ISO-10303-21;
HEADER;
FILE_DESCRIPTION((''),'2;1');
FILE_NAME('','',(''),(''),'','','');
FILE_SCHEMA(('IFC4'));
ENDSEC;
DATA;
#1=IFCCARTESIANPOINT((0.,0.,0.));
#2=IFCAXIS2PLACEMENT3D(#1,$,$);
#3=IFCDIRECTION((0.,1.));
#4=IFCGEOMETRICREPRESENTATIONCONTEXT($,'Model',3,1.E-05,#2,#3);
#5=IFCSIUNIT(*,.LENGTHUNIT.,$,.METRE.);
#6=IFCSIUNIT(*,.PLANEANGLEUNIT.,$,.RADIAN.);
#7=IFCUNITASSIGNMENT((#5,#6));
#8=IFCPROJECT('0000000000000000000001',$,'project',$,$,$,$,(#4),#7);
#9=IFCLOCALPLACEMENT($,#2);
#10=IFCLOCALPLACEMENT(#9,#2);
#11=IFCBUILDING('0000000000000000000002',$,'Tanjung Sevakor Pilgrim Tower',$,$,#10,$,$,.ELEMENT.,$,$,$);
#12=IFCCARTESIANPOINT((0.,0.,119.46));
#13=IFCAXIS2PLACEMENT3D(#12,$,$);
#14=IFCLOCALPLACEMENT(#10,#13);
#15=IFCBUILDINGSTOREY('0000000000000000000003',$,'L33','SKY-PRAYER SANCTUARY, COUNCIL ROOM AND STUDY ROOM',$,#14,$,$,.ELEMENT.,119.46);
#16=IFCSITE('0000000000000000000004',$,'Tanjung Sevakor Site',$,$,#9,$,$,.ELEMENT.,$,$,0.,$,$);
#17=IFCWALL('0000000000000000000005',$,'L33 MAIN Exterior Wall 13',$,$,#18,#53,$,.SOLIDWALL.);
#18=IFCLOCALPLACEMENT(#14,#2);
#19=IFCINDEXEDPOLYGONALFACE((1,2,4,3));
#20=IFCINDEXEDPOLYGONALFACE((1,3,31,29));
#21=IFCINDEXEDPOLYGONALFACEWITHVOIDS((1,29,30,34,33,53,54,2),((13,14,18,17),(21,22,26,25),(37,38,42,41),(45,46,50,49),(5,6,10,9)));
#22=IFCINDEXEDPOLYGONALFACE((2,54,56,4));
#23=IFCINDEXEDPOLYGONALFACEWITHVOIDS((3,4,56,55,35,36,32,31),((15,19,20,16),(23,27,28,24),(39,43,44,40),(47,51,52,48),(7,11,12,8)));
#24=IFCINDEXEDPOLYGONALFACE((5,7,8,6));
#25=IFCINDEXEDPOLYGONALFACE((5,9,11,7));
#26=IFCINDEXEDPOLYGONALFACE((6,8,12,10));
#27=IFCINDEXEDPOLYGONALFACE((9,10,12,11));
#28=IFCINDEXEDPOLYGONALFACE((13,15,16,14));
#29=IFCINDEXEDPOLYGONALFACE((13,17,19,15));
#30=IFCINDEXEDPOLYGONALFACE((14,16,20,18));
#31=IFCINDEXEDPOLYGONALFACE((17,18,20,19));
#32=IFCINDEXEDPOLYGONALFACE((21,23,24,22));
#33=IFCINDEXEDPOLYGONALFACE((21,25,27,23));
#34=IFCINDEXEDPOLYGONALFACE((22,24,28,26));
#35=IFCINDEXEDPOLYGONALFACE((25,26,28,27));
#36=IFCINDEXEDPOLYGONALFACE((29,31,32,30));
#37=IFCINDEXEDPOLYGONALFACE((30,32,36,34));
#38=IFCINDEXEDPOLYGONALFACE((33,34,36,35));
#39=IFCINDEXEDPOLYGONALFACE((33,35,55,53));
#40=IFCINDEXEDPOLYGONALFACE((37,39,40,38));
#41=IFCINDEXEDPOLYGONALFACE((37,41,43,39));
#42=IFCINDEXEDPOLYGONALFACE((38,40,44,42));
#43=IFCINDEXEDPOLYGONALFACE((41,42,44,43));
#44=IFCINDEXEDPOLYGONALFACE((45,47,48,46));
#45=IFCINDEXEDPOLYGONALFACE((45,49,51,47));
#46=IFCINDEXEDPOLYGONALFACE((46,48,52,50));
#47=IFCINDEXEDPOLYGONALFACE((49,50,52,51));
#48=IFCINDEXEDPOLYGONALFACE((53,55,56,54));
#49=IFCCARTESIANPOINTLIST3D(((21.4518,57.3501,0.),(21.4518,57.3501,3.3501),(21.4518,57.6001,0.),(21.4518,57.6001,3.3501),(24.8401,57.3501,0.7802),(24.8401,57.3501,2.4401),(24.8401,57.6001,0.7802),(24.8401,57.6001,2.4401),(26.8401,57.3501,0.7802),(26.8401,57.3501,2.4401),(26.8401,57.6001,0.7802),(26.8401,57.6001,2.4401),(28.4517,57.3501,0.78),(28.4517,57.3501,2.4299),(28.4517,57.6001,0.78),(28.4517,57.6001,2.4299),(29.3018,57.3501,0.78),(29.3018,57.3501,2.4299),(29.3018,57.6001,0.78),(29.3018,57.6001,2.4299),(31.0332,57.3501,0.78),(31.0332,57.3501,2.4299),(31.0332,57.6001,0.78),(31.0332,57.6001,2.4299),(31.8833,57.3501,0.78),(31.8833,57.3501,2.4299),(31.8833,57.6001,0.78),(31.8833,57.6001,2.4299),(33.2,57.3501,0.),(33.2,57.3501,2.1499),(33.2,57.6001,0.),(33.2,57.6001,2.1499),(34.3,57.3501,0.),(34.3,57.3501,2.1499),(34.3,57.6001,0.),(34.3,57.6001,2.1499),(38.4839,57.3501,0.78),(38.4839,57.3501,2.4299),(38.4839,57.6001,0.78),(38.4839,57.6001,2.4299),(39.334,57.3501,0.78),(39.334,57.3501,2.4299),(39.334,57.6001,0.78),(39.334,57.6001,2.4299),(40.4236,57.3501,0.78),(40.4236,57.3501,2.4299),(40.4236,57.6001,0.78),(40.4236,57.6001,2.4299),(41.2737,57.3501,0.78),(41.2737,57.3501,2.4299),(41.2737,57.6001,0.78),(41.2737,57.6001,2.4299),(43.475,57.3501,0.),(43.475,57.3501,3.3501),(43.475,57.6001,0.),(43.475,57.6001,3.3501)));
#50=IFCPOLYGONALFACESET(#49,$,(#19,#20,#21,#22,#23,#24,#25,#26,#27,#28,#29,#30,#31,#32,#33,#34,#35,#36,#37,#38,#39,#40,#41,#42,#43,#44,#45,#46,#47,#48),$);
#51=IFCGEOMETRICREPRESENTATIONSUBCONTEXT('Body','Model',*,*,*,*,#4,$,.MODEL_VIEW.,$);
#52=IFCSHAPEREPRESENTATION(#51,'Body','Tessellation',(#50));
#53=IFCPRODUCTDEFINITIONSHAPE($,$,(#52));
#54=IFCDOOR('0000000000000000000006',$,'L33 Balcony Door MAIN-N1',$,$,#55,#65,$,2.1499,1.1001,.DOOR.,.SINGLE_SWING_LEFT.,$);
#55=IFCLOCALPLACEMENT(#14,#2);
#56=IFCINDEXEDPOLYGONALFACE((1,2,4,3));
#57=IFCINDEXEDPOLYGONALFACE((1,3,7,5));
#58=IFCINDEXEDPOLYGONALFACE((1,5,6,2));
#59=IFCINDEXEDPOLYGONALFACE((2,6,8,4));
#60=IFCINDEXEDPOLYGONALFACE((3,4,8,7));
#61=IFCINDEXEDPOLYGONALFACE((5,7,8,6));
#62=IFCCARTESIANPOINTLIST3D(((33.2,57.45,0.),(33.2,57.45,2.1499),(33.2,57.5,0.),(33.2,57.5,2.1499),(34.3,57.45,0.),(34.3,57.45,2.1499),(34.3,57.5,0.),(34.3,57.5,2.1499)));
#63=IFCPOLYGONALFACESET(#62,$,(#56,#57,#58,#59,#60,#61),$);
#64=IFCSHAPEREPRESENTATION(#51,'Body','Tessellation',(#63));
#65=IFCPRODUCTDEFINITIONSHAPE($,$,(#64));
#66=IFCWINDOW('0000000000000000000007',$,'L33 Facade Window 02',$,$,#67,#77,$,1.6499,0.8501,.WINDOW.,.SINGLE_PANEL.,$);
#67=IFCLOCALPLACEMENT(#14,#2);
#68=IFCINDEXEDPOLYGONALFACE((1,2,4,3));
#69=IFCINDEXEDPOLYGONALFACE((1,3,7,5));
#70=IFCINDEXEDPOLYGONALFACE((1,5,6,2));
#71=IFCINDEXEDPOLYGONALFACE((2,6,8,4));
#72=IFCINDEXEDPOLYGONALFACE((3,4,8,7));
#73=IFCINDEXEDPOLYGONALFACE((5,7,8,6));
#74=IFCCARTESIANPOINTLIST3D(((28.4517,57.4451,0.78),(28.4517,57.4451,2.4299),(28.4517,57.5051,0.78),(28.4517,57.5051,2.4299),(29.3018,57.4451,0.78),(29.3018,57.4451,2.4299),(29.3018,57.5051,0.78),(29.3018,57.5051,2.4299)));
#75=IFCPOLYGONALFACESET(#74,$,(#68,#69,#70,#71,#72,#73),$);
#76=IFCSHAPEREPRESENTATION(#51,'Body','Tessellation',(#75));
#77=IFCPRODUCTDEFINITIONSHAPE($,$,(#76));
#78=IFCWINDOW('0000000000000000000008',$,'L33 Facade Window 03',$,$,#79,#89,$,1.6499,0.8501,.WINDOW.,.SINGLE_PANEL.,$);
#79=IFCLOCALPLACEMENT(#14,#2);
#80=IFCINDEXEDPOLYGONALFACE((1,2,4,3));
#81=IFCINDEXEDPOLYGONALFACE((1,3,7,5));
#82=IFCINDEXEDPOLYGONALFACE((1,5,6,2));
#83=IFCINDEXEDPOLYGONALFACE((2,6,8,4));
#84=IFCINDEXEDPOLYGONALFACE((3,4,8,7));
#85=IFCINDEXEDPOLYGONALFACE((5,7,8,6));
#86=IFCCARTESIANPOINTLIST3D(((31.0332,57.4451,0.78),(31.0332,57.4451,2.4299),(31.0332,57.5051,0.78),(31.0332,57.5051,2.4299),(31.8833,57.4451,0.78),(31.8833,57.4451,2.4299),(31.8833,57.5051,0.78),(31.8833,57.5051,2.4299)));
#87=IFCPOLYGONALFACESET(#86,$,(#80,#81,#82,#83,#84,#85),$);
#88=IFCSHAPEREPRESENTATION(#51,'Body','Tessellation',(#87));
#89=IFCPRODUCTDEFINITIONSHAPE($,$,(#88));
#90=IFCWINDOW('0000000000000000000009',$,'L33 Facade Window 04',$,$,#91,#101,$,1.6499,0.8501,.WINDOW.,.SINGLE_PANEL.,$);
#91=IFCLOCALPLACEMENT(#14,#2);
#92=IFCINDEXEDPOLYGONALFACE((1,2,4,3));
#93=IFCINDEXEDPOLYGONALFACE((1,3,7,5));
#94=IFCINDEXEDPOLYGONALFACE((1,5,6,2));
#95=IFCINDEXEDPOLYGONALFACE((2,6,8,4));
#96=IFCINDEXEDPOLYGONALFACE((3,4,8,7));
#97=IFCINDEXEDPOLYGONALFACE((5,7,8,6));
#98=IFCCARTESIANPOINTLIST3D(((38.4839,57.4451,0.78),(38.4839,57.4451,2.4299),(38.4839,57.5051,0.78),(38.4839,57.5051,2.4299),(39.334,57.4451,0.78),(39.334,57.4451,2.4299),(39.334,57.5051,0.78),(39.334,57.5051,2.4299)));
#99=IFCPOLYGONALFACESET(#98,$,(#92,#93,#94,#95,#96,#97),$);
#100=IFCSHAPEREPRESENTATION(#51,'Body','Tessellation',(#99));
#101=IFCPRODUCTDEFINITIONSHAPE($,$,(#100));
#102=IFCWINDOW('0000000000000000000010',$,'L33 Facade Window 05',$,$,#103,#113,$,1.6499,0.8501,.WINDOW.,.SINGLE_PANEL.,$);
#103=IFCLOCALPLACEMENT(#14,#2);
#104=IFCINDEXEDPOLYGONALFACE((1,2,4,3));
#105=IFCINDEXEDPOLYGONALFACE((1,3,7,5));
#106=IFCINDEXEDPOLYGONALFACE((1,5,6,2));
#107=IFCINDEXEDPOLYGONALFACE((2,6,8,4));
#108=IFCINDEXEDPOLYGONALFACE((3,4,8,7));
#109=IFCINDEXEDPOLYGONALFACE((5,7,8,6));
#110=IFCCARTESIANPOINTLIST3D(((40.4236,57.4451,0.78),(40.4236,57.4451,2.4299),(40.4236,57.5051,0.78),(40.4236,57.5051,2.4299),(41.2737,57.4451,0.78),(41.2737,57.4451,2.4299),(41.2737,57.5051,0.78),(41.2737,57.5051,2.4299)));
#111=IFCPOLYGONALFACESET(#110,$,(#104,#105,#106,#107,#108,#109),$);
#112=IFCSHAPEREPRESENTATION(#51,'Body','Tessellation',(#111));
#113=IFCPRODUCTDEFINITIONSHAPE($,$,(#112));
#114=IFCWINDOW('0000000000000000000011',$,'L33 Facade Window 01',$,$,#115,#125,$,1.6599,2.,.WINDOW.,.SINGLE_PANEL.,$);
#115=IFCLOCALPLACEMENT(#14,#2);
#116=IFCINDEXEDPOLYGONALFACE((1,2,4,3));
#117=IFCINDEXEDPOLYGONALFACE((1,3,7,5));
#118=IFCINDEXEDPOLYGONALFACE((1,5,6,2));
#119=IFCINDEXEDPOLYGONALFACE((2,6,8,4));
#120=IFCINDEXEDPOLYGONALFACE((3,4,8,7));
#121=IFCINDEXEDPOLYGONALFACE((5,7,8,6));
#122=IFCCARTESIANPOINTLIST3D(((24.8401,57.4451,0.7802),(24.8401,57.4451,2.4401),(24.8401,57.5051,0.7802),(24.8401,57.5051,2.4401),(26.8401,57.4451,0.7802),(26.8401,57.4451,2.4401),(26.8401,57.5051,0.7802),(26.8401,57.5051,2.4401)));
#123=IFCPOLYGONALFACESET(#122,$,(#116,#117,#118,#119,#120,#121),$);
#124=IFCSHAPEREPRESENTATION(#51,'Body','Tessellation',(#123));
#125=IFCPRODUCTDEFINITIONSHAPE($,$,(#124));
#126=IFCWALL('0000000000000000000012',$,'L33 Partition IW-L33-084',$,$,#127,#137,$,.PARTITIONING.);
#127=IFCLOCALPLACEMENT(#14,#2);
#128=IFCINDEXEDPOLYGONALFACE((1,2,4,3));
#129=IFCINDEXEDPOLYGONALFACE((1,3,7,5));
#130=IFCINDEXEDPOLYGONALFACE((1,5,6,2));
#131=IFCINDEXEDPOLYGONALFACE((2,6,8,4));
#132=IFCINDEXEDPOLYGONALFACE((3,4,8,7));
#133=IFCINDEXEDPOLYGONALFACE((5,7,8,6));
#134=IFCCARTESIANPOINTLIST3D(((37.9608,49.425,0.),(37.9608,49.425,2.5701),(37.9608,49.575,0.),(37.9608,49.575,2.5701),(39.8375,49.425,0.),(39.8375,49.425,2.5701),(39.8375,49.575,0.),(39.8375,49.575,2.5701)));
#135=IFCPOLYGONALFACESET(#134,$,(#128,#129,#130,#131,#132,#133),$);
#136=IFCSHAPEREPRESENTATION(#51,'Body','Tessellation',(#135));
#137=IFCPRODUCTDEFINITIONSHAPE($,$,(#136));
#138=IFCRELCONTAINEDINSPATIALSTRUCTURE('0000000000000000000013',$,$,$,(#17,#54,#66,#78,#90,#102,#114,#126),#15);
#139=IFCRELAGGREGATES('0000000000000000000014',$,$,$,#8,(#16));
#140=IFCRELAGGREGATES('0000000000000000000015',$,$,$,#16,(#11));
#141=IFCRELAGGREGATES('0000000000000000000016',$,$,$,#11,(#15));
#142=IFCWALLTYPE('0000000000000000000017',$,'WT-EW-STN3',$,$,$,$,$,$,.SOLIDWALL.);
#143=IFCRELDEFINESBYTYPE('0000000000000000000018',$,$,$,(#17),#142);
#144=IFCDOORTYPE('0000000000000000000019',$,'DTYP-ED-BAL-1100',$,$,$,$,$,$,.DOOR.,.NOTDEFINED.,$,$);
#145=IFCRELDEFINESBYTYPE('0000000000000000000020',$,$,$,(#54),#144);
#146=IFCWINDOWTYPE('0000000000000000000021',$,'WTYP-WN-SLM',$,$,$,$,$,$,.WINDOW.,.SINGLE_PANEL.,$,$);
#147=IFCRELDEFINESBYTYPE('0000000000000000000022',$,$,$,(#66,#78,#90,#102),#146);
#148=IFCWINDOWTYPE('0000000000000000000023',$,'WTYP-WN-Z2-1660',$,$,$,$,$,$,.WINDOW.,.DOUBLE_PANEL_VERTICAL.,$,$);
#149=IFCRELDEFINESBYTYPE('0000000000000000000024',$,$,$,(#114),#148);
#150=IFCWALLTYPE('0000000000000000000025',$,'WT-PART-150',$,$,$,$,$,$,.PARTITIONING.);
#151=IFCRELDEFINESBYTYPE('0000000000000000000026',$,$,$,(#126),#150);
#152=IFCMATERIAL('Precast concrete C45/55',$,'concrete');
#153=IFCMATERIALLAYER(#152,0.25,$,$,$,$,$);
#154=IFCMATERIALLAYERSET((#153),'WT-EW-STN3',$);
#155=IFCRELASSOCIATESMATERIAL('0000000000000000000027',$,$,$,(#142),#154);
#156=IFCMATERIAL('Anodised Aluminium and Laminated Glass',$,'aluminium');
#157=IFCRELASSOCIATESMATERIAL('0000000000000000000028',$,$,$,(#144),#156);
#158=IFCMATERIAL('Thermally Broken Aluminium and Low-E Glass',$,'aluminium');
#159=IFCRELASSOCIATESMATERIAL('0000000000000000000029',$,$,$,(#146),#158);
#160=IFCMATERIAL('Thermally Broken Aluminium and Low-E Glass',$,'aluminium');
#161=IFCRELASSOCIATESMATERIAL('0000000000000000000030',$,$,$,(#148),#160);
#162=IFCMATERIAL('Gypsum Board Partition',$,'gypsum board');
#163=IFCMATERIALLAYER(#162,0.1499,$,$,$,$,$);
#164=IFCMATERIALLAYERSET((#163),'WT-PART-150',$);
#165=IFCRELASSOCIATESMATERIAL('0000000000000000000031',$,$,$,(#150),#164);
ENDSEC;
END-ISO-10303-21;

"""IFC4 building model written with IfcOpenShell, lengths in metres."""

from ifc_helpers import new_model, si_unit, direction, frame, frame_2d, origin, place, context, subcontext, project, spatial, rectangle, extrude, material, layer, layer_set, type_object, element, fill, save


model = new_model("IFC4")

# Units and contexts
model_context = context("Model", 3, precision=1e-05, world=origin(), true_north=direction((0.0, 1.0)))
body_context = subcontext(model_context, "Body", "Model", "MODEL_VIEW")
ifc_project = project(units=[si_unit("LENGTHUNIT", "METRE"), si_unit("PLANEANGLEUNIT", "RADIAN")], contexts=[model_context])

# Site, building, storey
site_placement = place(None, origin())
site = spatial("IfcSite", under=ifc_project, at=site_placement, Name="Tanjung Sevakor Site", CompositionType="ELEMENT", RefElevation=0.0)
building_placement = place(site_placement, origin())
building = spatial("IfcBuilding", under=site, at=building_placement, Name="Tanjung Sevakor Pilgrim Tower", CompositionType="ELEMENT")
storey_placement = place(building_placement, frame((0.0, 0.0, 119.46)))
storey = spatial("IfcBuildingStorey", under=building, at=storey_placement, Name="L33", Description="SKY-PRAYER SANCTUARY, COUNCIL ROOM AND STUDY ROOM", CompositionType="ELEMENT", Elevation=119.46)

# Shared definitions
ifc_material_1 = material(Name="Precast concrete C45/55", Category="concrete")
ifc_layer_1 = layer(ifc_material_1, 0.25)
ifc_layer_set_1 = layer_set([ifc_layer_1], Name="WT-EW-STN3")
wall_type_1 = type_object("IfcWallType", Name="WT-EW-STN3", PredefinedType="SOLIDWALL", material=ifc_layer_set_1)

# Wall, openings, door, windows
wall_1_placement = place(storey_placement, frame((43.4751, 57.4751, 0.0), z_axis=(0.0, 0.0, 1.0), x_axis=(-1.0, 0.0, 0.0)))
wall_1 = element("IfcWall", 1, at=wall_1_placement, inside=storey, type_object=wall_type_1, Name="L33 MAIN Exterior Wall 13", PredefinedType="SOLIDWALL", context=body_context, shape_type="SweptSolid", body=[
    extrude(rectangle(XDim=22.0232, YDim=0.25, at=frame_2d((11.0117, 0.0))), origin(), (0.0, 0.0, 1.0), 3.3501),
])
opening_1_placement = place(wall_1_placement, frame((9.175, 0.0, 0.0)))
opening_1 = element("IfcOpeningElement", 2, at=opening_1_placement, cuts=wall_1, PredefinedType="OPENING", context=body_context, shape_type="SweptSolid", body=[
    extrude(rectangle(XDim=1.1001, YDim=2.1499, at=frame_2d((0.55, 1.075))), frame((0.0, 0.135, 0.0), z_axis=(0.0, -1.0, 0.0), x_axis=(1.0, 0.0, 0.0)), (0.0, 0.0, 1.0), 0.27),
])
opening_2_placement = place(wall_1_placement, frame((16.635, 0.0, 0.78)))
opening_2 = element("IfcOpeningElement", 3, at=opening_2_placement, cuts=wall_1, PredefinedType="OPENING", context=body_context, shape_type="SweptSolid", body=[
    extrude(rectangle(XDim=2.0, YDim=1.6599, at=frame_2d((1.0, 0.8301))), frame((0.0, 0.135, 0.0), z_axis=(0.0, -1.0, 0.0), x_axis=(1.0, 0.0, 0.0)), (0.0, 0.0, 1.0), 0.27),
])
opening_3_placement = place(wall_1_placement, frame((14.1733, 0.0, 0.78)))
opening_3 = element("IfcOpeningElement", 4, at=opening_3_placement, cuts=wall_1, PredefinedType="OPENING", context=body_context, shape_type="SweptSolid", body=[
    extrude(rectangle(XDim=0.8501, YDim=1.6499, at=frame_2d((0.425, 0.825))), frame((0.0, 0.135, 0.0), z_axis=(0.0, -1.0, 0.0), x_axis=(1.0, 0.0, 0.0)), (0.0, 0.0, 1.0), 0.27),
])
opening_4_placement = place(wall_1_placement, frame((11.5918, 0.0, 0.78)))
opening_4 = element("IfcOpeningElement", 5, at=opening_4_placement, cuts=wall_1, PredefinedType="OPENING", context=body_context, shape_type="SweptSolid", body=[
    extrude(rectangle(XDim=0.8501, YDim=1.6499, at=frame_2d((0.425, 0.825))), frame((0.0, 0.135, 0.0), z_axis=(0.0, -1.0, 0.0), x_axis=(1.0, 0.0, 0.0)), (0.0, 0.0, 1.0), 0.27),
])
opening_5_placement = place(wall_1_placement, frame((4.1411, 0.0, 0.78)))
opening_5 = element("IfcOpeningElement", 6, at=opening_5_placement, cuts=wall_1, PredefinedType="OPENING", context=body_context, shape_type="SweptSolid", body=[
    extrude(rectangle(XDim=0.8501, YDim=1.6499, at=frame_2d((0.425, 0.825))), frame((0.0, 0.135, 0.0), z_axis=(0.0, -1.0, 0.0), x_axis=(1.0, 0.0, 0.0)), (0.0, 0.0, 1.0), 0.27),
])
opening_6_placement = place(wall_1_placement, frame((2.2014, 0.0, 0.78)))
opening_6 = element("IfcOpeningElement", 7, at=opening_6_placement, cuts=wall_1, PredefinedType="OPENING", context=body_context, shape_type="SweptSolid", body=[
    extrude(rectangle(XDim=0.8501, YDim=1.6499, at=frame_2d((0.425, 0.825))), frame((0.0, 0.135, 0.0), z_axis=(0.0, -1.0, 0.0), x_axis=(1.0, 0.0, 0.0)), (0.0, 0.0, 1.0), 0.27),
])
ifc_material_2 = material(Name="Anodised Aluminium and Laminated Glass", Category="aluminium")
door_type_1 = type_object("IfcDoorType", Name="DTYP-ED-BAL-1100", OperationType="NOTDEFINED", PredefinedType="DOOR", material=ifc_material_2)
door_1_placement = place(opening_1_placement, frame((1.1001, 0.0, 0.0), z_axis=(0.0, 0.0, 1.0), x_axis=(-1.0, 0.0, 0.0)))
door_1 = element("IfcDoor", 8, at=door_1_placement, inside=storey, type_object=door_type_1, Name="L33 Balcony Door MAIN-N1", OperationType="SINGLE_SWING_LEFT", OverallHeight=2.1499, OverallWidth=1.1001, PredefinedType="DOOR", context=body_context, shape_type="SweptSolid", body=[
    extrude(rectangle(XDim=1.1001, YDim=2.1499, at=frame_2d((0.55, 1.075))), frame((0.0, 0.0249, 0.0), z_axis=(0.0, -1.0, 0.0), x_axis=(1.0, 0.0, 0.0)), (0.0, 0.0, 1.0), 0.05),
])
fill(opening_1, door_1)
ifc_material_3 = material(Name="Thermally Broken Aluminium and Low-E Glass", Category="aluminium")
window_type_1 = type_object("IfcWindowType", Name="WTYP-WN-SLM", PartitioningType="SINGLE_PANEL", PredefinedType="WINDOW", material=ifc_material_3)
window_1_placement = place(opening_3_placement, origin())
window_1 = element("IfcWindow", 9, at=window_1_placement, inside=storey, type_object=window_type_1, Name="L33 Facade Window 02", OverallHeight=1.6499, OverallWidth=0.8501, PartitioningType="SINGLE_PANEL", PredefinedType="WINDOW", context=body_context, shape_type="SweptSolid", body=[
    extrude(rectangle(XDim=0.8501, YDim=1.6499, at=frame_2d((0.425, 0.825))), frame((0.0, 0.03, 0.0), z_axis=(0.0, -1.0, 0.0), x_axis=(1.0, 0.0, 0.0)), (0.0, 0.0, 1.0), 0.0601),
])
fill(opening_3, window_1)
window_2_placement = place(opening_4_placement, origin())
window_2 = element("IfcWindow", 10, at=window_2_placement, inside=storey, type_object=window_type_1, Name="L33 Facade Window 03", OverallHeight=1.6499, OverallWidth=0.8501, PartitioningType="SINGLE_PANEL", PredefinedType="WINDOW", context=body_context, shape_type="SweptSolid", body=[
    extrude(rectangle(XDim=0.8501, YDim=1.6499, at=frame_2d((0.425, 0.825))), frame((0.0, 0.03, 0.0), z_axis=(0.0, -1.0, 0.0), x_axis=(1.0, 0.0, 0.0)), (0.0, 0.0, 1.0), 0.0601),
])
fill(opening_4, window_2)
window_3_placement = place(opening_5_placement, origin())
window_3 = element("IfcWindow", 11, at=window_3_placement, inside=storey, type_object=window_type_1, Name="L33 Facade Window 04", OverallHeight=1.6499, OverallWidth=0.8501, PartitioningType="SINGLE_PANEL", PredefinedType="WINDOW", context=body_context, shape_type="SweptSolid", body=[
    extrude(rectangle(XDim=0.8501, YDim=1.6499, at=frame_2d((0.425, 0.825))), frame((0.0, 0.03, 0.0), z_axis=(0.0, -1.0, 0.0), x_axis=(1.0, 0.0, 0.0)), (0.0, 0.0, 1.0), 0.0601),
])
fill(opening_5, window_3)
window_4_placement = place(opening_6_placement, origin())
window_4 = element("IfcWindow", 12, at=window_4_placement, inside=storey, type_object=window_type_1, Name="L33 Facade Window 05", OverallHeight=1.6499, OverallWidth=0.8501, PartitioningType="SINGLE_PANEL", PredefinedType="WINDOW", context=body_context, shape_type="SweptSolid", body=[
    extrude(rectangle(XDim=0.8501, YDim=1.6499, at=frame_2d((0.425, 0.825))), frame((0.0, 0.03, 0.0), z_axis=(0.0, -1.0, 0.0), x_axis=(1.0, 0.0, 0.0)), (0.0, 0.0, 1.0), 0.0601),
])
fill(opening_6, window_4)
ifc_material_4 = material(Name="Thermally Broken Aluminium and Low-E Glass", Category="aluminium")
window_type_2 = type_object("IfcWindowType", Name="WTYP-WN-Z2-1660", PartitioningType="DOUBLE_PANEL_VERTICAL", PredefinedType="WINDOW", material=ifc_material_4)
window_5_placement = place(opening_2_placement, origin())
window_5 = element("IfcWindow", 13, at=window_5_placement, inside=storey, type_object=window_type_2, Name="L33 Facade Window 01", OverallHeight=1.6599, OverallWidth=2.0, PartitioningType="SINGLE_PANEL", PredefinedType="WINDOW", context=body_context, shape_type="SweptSolid", body=[
    extrude(rectangle(XDim=2.0, YDim=1.6599, at=frame_2d((1.0, 0.8301))), frame((0.0, 0.03, 0.0), z_axis=(0.0, -1.0, 0.0), x_axis=(1.0, 0.0, 0.0)), (0.0, 0.0, 1.0), 0.0601),
])
fill(opening_2, window_5)

# Wall
ifc_material_5 = material(Name="Gypsum Board Partition", Category="gypsum board")
ifc_layer_2 = layer(ifc_material_5, 0.1499)
ifc_layer_set_2 = layer_set([ifc_layer_2], Name="WT-PART-150")
wall_type_2 = type_object("IfcWallType", Name="WT-PART-150", PredefinedType="PARTITIONING", material=ifc_layer_set_2)
wall_2_placement = place(storey_placement, frame((37.9607, 49.5, 0.0), z_axis=(0.0, 0.0, 1.0), x_axis=(1.0, 0.0, 0.0)))
element("IfcWall", 14, at=wall_2_placement, inside=storey, type_object=wall_type_2, Name="L33 Partition IW-L33-084", PredefinedType="PARTITIONING", context=body_context, shape_type="SweptSolid", body=[
    extrude(rectangle(XDim=1.8767, YDim=0.1499, at=frame_2d((0.9385, 0.0))), origin(), (0.0, 0.0, 1.0), 2.5701),
])

save(model, "model.ifc")
